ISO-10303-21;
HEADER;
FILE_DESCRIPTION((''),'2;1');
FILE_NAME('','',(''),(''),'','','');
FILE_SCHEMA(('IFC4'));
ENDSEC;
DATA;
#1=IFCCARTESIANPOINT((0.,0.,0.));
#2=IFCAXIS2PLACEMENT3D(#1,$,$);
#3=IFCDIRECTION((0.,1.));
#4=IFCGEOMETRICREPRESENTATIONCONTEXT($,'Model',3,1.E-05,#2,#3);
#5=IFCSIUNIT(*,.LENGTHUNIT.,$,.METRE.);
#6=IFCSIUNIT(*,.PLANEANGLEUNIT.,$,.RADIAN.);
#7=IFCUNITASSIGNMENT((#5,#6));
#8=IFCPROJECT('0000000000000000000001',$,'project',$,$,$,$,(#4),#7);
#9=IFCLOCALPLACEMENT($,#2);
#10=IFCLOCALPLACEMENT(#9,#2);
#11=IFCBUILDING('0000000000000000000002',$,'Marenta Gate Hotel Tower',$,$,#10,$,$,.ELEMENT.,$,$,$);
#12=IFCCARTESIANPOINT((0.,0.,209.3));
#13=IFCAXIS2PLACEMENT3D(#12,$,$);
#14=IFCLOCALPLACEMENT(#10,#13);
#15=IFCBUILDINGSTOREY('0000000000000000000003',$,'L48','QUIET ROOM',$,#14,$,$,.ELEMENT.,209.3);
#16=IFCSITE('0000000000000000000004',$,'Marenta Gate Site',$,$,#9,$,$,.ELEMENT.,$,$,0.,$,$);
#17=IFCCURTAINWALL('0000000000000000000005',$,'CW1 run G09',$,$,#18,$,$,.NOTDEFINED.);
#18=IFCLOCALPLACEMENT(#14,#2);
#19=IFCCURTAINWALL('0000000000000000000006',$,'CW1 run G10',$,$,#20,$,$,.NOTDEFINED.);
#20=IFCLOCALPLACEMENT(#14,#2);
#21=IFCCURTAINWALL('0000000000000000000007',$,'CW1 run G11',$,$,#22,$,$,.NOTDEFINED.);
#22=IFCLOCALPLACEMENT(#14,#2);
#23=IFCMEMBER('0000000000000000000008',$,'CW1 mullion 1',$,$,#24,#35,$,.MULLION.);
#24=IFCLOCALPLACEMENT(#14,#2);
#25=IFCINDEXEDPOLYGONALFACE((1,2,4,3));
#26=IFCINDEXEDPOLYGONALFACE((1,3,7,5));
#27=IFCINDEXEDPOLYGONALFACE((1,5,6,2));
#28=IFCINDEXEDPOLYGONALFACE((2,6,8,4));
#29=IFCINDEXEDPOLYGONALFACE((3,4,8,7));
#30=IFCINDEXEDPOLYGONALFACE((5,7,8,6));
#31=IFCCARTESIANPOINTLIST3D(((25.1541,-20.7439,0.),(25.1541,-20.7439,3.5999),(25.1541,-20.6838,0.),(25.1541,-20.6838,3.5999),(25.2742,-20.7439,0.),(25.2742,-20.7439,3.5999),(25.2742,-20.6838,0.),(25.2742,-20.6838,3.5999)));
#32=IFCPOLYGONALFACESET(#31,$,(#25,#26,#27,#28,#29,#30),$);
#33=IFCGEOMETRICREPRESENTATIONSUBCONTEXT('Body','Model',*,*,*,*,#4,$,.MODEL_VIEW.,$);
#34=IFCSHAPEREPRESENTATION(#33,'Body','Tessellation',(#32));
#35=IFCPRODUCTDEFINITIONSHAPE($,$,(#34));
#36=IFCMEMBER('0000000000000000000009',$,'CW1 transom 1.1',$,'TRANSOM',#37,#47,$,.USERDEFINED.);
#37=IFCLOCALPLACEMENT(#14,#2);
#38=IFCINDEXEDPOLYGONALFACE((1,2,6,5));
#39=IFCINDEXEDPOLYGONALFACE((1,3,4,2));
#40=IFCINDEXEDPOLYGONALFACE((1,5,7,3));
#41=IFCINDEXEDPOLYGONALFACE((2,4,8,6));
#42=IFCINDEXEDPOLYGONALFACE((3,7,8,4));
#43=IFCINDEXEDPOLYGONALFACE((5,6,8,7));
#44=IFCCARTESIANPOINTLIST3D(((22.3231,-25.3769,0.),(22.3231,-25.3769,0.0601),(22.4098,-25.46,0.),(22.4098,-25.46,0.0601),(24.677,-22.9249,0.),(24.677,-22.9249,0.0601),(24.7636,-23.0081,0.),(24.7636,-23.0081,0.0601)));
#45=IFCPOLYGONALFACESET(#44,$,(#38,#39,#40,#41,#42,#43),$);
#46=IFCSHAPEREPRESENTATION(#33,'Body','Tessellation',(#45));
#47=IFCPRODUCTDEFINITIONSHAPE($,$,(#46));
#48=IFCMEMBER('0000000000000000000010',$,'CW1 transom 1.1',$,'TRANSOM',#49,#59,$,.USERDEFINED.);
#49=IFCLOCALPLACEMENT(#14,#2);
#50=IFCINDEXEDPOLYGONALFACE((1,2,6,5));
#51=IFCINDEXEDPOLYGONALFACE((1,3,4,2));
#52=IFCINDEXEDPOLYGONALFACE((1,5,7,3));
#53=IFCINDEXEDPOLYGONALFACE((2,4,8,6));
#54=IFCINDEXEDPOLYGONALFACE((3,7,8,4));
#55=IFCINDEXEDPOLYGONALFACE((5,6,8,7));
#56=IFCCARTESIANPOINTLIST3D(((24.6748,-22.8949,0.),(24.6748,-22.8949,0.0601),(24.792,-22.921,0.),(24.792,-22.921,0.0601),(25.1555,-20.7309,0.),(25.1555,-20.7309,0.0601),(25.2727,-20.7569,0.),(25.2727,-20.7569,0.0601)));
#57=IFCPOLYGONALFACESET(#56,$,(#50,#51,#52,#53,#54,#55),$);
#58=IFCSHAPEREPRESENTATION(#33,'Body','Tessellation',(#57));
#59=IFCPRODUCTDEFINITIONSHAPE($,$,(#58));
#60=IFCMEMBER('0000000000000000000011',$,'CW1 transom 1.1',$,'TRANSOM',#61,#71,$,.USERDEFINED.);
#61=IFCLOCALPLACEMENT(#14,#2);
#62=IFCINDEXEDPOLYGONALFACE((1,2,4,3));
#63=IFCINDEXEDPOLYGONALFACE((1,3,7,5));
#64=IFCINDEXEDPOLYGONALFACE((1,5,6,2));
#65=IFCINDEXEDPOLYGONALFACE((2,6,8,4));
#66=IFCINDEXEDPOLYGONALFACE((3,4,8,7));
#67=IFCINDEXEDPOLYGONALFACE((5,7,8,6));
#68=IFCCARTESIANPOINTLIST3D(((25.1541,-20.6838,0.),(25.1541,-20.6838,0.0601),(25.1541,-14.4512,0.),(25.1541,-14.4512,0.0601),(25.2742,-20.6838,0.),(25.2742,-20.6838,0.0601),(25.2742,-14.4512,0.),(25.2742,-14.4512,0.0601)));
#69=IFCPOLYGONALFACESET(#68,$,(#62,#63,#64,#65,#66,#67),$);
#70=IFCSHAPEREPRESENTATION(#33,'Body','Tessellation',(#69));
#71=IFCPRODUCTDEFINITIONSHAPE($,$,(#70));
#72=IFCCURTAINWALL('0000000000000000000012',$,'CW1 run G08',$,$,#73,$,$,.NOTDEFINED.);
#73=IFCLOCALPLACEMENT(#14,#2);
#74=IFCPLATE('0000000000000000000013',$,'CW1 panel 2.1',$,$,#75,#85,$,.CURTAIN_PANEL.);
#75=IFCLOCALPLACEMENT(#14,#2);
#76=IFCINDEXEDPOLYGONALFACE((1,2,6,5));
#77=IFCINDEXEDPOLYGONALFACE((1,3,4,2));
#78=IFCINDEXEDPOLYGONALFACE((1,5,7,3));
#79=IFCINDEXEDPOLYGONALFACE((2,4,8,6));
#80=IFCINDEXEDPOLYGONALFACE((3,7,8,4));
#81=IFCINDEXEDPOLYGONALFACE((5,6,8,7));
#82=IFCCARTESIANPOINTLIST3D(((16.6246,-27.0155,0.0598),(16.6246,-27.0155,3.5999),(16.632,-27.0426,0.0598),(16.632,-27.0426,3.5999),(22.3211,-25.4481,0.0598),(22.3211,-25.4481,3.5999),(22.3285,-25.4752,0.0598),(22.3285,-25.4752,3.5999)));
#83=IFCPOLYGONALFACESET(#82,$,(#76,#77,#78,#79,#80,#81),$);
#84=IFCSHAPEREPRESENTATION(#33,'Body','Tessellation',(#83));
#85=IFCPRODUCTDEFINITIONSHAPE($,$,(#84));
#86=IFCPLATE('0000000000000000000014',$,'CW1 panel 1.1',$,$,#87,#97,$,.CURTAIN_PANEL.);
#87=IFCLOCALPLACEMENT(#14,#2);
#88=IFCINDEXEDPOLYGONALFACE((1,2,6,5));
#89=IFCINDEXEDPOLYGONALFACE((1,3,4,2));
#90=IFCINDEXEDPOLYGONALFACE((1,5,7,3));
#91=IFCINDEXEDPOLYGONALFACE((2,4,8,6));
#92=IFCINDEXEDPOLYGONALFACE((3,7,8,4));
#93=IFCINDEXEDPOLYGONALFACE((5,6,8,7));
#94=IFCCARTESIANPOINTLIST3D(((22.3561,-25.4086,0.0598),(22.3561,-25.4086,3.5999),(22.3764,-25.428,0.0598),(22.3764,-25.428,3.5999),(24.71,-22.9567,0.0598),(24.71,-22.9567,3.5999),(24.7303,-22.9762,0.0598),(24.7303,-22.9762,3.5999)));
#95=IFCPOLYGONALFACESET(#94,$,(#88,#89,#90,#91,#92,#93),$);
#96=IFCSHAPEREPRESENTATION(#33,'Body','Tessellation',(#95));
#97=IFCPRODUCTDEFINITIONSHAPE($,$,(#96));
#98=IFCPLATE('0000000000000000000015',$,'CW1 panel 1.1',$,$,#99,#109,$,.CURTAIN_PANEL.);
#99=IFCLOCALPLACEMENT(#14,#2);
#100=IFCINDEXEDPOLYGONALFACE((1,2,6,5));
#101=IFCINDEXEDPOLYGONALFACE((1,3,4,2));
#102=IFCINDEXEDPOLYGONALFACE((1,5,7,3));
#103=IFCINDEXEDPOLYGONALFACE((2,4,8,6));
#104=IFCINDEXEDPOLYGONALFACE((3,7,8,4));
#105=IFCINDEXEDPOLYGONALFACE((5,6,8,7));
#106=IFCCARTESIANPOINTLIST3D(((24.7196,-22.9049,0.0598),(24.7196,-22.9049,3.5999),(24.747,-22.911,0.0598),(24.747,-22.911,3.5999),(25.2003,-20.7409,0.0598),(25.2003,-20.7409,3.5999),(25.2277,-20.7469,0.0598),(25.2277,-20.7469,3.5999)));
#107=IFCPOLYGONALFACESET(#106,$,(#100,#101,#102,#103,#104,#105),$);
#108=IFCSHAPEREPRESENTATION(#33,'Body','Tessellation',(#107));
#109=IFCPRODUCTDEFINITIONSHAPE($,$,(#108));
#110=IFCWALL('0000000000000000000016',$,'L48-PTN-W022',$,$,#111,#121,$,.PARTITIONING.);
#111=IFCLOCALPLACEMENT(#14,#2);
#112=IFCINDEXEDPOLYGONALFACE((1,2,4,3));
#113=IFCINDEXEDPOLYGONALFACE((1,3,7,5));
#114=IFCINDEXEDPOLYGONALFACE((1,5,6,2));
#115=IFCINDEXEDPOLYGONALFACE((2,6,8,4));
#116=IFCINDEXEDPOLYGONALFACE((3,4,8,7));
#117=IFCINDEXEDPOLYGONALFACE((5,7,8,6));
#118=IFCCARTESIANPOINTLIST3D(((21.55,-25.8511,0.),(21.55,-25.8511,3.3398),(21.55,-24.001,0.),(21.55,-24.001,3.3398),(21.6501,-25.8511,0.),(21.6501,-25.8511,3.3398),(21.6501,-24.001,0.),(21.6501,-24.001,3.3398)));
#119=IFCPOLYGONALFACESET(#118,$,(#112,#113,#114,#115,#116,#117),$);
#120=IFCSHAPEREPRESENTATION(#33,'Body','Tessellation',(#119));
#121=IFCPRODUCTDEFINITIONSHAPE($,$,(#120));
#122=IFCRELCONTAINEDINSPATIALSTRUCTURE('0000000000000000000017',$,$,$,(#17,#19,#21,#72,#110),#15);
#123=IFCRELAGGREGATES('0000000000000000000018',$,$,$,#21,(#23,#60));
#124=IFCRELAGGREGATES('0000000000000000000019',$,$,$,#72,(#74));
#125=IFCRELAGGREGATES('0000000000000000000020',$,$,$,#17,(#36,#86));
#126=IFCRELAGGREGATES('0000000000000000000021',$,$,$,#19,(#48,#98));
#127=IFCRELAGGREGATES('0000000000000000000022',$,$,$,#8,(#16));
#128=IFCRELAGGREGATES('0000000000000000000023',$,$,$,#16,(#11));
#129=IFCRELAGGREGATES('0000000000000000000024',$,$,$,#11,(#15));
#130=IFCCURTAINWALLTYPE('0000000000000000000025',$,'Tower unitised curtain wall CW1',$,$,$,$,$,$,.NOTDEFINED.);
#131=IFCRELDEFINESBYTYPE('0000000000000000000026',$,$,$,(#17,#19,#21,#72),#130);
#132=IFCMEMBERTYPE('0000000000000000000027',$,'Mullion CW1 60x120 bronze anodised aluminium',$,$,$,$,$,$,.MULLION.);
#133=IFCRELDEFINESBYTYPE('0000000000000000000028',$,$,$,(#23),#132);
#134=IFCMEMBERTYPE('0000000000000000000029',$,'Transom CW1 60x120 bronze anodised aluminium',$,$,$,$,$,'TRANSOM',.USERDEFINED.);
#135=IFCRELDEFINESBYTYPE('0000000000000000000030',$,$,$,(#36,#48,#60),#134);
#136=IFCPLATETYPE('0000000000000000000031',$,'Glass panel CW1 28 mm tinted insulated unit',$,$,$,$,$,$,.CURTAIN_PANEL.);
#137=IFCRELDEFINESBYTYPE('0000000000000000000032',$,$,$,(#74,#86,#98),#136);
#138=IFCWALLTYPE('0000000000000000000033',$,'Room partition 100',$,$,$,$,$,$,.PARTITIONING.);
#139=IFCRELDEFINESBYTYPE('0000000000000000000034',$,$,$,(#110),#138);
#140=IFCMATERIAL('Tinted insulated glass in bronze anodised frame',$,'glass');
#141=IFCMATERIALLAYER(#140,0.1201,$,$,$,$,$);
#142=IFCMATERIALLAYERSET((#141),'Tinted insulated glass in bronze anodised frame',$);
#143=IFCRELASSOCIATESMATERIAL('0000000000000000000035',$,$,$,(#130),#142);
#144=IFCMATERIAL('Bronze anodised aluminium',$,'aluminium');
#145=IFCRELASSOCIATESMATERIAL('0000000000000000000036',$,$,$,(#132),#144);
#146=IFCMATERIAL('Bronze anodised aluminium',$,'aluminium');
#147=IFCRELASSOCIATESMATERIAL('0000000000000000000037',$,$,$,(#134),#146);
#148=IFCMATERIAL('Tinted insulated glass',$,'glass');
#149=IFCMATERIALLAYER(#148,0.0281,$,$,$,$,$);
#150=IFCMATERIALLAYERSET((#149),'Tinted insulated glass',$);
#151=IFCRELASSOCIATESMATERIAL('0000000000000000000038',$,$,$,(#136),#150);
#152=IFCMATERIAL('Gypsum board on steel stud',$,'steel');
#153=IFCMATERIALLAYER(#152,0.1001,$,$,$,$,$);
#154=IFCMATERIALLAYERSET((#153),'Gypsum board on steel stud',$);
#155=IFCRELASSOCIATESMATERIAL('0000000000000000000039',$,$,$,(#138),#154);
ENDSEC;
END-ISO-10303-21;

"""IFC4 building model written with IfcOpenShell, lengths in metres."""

from ifc_helpers import new_model, si_unit, direction, frame, frame_2d, origin, origin_2d, place, context, subcontext, project, spatial, rectangle, extrude, material, layer, layer_set, material_profile, profile_set, type_object, element, aggregate, save


model = new_model("IFC4")

# Units and contexts
model_context = context("Model", 3, precision=1e-05, world=origin(), true_north=direction((0.0, 1.0)))
body_context = subcontext(model_context, "Body", "Model", "MODEL_VIEW")
ifc_project = project(units=[si_unit("LENGTHUNIT", "METRE"), si_unit("PLANEANGLEUNIT", "RADIAN")], contexts=[model_context])

# Site, building, storey
site_placement = place(None, origin())
site = spatial("IfcSite", under=ifc_project, at=site_placement, Name="Marenta Gate Site", CompositionType="ELEMENT", RefElevation=0.0)
building_placement = place(site_placement, origin())
building = spatial("IfcBuilding", under=site, at=building_placement, Name="Marenta Gate Hotel Tower", CompositionType="ELEMENT")
storey_placement = place(building_placement, frame((0.0, 0.0, 209.3)))
storey = spatial("IfcBuildingStorey", under=building, at=storey_placement, Name="L48", Description="QUIET ROOM", CompositionType="ELEMENT", Elevation=209.3)

# Curtain walls, member
ifc_material_1 = material(Name="Tinted insulated glass in bronze anodised frame", Category="glass")
ifc_layer_1 = layer(ifc_material_1, 0.1201)
ifc_layer_set_1 = layer_set([ifc_layer_1], Name="Tinted insulated glass in bronze anodised frame")
curtain_wall_type = type_object("IfcCurtainWallType", Name="Tower unitised curtain wall CW1", PredefinedType="NOTDEFINED", material=ifc_layer_set_1)
curtain_wall_1_placement = place(storey_placement, origin())
curtain_wall_1 = element("IfcCurtainWall", 1, at=curtain_wall_1_placement, inside=storey, type_object=curtain_wall_type, Name="CW1 run G09", PredefinedType="NOTDEFINED")
ifc_material_2 = material(Name="Bronze anodised aluminium", Category="aluminium")
ifc_material_profile_1 = material_profile(ifc_material_2, rectangle(XDim=0.1201, YDim=0.0601, at=origin_2d()), Name="Mullion CW1 60x120 bronze anodised aluminium")
ifc_profile_set_1 = profile_set([ifc_material_profile_1], Name="Bronze anodised aluminium")
member_type_1 = type_object("IfcMemberType", Name="Mullion CW1 60x120 bronze anodised aluminium", PredefinedType="MULLION", material=ifc_profile_set_1)
curtain_wall_2_placement = place(storey_placement, origin())
curtain_wall_2 = element("IfcCurtainWall", 2, at=curtain_wall_2_placement, inside=storey, type_object=curtain_wall_type, Name="CW1 run G10", PredefinedType="NOTDEFINED")
curtain_wall_3_placement = place(storey_placement, origin())
curtain_wall_3 = element("IfcCurtainWall", 3, at=curtain_wall_3_placement, inside=storey, type_object=curtain_wall_type, Name="CW1 run G11", PredefinedType="NOTDEFINED")
member_1_placement = place(storey_placement, frame((25.2141, -20.7139, 0.0), z_axis=(0.0, 0.0, 1.0), x_axis=(-1.0, 0.0, 0.0)))
member_1 = element("IfcMember", 4, at=member_1_placement, type_object=member_type_1, Name="CW1 mullion 1", PredefinedType="MULLION", context=body_context, shape_type="SweptSolid", body=[
    extrude(rectangle(XDim=0.1201, YDim=0.0601, at=origin_2d()), origin(), (0.0, 0.0, 1.0), 3.5999),
])

# Members
ifc_material_3 = material(Name="Bronze anodised aluminium", Category="aluminium")
ifc_material_profile_2 = material_profile(ifc_material_3, rectangle(XDim=0.1201, YDim=0.0601, at=origin_2d()), Name="Transom CW1 60x120 bronze anodised aluminium")
ifc_profile_set_2 = profile_set([ifc_material_profile_2], Name="Bronze anodised aluminium")
member_type_2 = type_object("IfcMemberType", Name="Transom CW1 60x120 bronze anodised aluminium", ElementType="TRANSOM", PredefinedType="USERDEFINED", material=ifc_profile_set_2)
member_2_placement = place(storey_placement, frame((22.3665, -25.4185, 0.03), z_axis=(0.692521, 0.721397, 0.0), x_axis=(-0.721397, 0.692521, 0.0)))
member_2 = element("IfcMember", 5, at=member_2_placement, type_object=member_type_2, Name="CW1 transom 1.1", ObjectType="TRANSOM", PredefinedType="USERDEFINED", context=body_context, shape_type="SweptSolid", body=[
    extrude(rectangle(XDim=0.1201, YDim=0.0601, at=origin_2d()), origin(), (0.0, 0.0, 1.0), 3.3989),
])
member_3_placement = place(storey_placement, frame((24.7334, -22.908, 0.03), z_axis=(0.216849, 0.976205, 0.0), x_axis=(-0.976205, 0.216849, 0.0)))
member_3 = element("IfcMember", 6, at=member_3_placement, type_object=member_type_2, Name="CW1 transom 1.1", ObjectType="TRANSOM", PredefinedType="USERDEFINED", context=body_context, shape_type="SweptSolid", body=[
    extrude(rectangle(XDim=0.1201, YDim=0.0601, at=origin_2d()), origin(), (0.0, 0.0, 1.0), 2.2168),
])
member_4_placement = place(storey_placement, frame((25.2141, -20.6838, 0.03), z_axis=(0.0, 1.0, 0.0), x_axis=(-1.0, 0.0, 0.0)))
member_4 = element("IfcMember", 7, at=member_4_placement, type_object=member_type_2, Name="CW1 transom 1.1", ObjectType="TRANSOM", PredefinedType="USERDEFINED", context=body_context, shape_type="SweptSolid", body=[
    extrude(rectangle(XDim=0.1201, YDim=0.0601, at=origin_2d()), origin(), (0.0, 0.0, 1.0), 6.2327),
])
aggregate(curtain_wall_3, [member_1, member_4])

# Curtain wall, plate
curtain_wall_4_placement = place(storey_placement, origin())
curtain_wall_4 = element("IfcCurtainWall", 8, at=curtain_wall_4_placement, inside=storey, type_object=curtain_wall_type, Name="CW1 run G08", PredefinedType="NOTDEFINED")
ifc_material_4 = material(Name="Tinted insulated glass", Category="glass")
ifc_layer_2 = layer(ifc_material_4, 0.0281)
ifc_layer_set_2 = layer_set([ifc_layer_2], Name="Tinted insulated glass")
plate_type = type_object("IfcPlateType", Name="Glass panel CW1 28 mm tinted insulated unit", PredefinedType="CURTAIN_PANEL", material=ifc_layer_set_2)
plate_1_placement = place(storey_placement, frame((19.4766, -26.2454, 0.0598), z_axis=(0.0, 0.0, 1.0), x_axis=(0.964168, 0.265293, 0.0)))
plate_1 = element("IfcPlate", 9, at=plate_1_placement, type_object=plate_type, Name="CW1 panel 2.1", PredefinedType="CURTAIN_PANEL", context=body_context, shape_type="SweptSolid", body=[
    extrude(rectangle(XDim=5.9082, YDim=0.0281, at=origin_2d()), origin(), (0.0, 0.0, 1.0), 3.54),
])
aggregate(curtain_wall_4, [plate_1])

# Plates
plate_2_placement = place(storey_placement, frame((23.5432, -24.1924, 0.0598), z_axis=(0.0, 0.0, 1.0), x_axis=(0.692548, 0.721372, 0.0)))
plate_2 = element("IfcPlate", 10, at=plate_2_placement, type_object=plate_type, Name="CW1 panel 1.1", PredefinedType="CURTAIN_PANEL", context=body_context, shape_type="SweptSolid", body=[
    extrude(rectangle(XDim=3.3989, YDim=0.0281, at=origin_2d()), origin(), (0.0, 0.0, 1.0), 3.54),
])
aggregate(curtain_wall_1, [member_2, plate_2])
plate_3_placement = place(storey_placement, frame((24.9736, -21.8259, 0.0598), z_axis=(0.0, 0.0, 1.0), x_axis=(0.216842, 0.976207, 0.0)))
plate_3 = element("IfcPlate", 11, at=plate_3_placement, type_object=plate_type, Name="CW1 panel 1.1", PredefinedType="CURTAIN_PANEL", context=body_context, shape_type="SweptSolid", body=[
    extrude(rectangle(XDim=2.2168, YDim=0.0281, at=origin_2d()), origin(), (0.0, 0.0, 1.0), 3.54),
])
aggregate(curtain_wall_2, [member_3, plate_3])

# Wall
ifc_material_5 = material(Name="Gypsum board on steel stud", Category="steel")
ifc_layer_3 = layer(ifc_material_5, 0.1001)
ifc_layer_set_3 = layer_set([ifc_layer_3], Name="Gypsum board on steel stud")
wall_type = type_object("IfcWallType", Name="Room partition 100", PredefinedType="PARTITIONING", material=ifc_layer_set_3)
wall_placement = place(storey_placement, frame((21.6001, -25.8511, 0.0), z_axis=(0.0, 0.0, 1.0), x_axis=(0.0, 1.0, 0.0)))
element("IfcWall", 12, at=wall_placement, inside=storey, type_object=wall_type, Name="L48-PTN-W022", PredefinedType="PARTITIONING", context=body_context, shape_type="SweptSolid", body=[
    extrude(rectangle(XDim=1.8501, YDim=0.1001, at=frame_2d((0.925, 0.0))), origin(), (0.0, 0.0, 1.0), 3.3398),
])

save(model, "model.ifc")
